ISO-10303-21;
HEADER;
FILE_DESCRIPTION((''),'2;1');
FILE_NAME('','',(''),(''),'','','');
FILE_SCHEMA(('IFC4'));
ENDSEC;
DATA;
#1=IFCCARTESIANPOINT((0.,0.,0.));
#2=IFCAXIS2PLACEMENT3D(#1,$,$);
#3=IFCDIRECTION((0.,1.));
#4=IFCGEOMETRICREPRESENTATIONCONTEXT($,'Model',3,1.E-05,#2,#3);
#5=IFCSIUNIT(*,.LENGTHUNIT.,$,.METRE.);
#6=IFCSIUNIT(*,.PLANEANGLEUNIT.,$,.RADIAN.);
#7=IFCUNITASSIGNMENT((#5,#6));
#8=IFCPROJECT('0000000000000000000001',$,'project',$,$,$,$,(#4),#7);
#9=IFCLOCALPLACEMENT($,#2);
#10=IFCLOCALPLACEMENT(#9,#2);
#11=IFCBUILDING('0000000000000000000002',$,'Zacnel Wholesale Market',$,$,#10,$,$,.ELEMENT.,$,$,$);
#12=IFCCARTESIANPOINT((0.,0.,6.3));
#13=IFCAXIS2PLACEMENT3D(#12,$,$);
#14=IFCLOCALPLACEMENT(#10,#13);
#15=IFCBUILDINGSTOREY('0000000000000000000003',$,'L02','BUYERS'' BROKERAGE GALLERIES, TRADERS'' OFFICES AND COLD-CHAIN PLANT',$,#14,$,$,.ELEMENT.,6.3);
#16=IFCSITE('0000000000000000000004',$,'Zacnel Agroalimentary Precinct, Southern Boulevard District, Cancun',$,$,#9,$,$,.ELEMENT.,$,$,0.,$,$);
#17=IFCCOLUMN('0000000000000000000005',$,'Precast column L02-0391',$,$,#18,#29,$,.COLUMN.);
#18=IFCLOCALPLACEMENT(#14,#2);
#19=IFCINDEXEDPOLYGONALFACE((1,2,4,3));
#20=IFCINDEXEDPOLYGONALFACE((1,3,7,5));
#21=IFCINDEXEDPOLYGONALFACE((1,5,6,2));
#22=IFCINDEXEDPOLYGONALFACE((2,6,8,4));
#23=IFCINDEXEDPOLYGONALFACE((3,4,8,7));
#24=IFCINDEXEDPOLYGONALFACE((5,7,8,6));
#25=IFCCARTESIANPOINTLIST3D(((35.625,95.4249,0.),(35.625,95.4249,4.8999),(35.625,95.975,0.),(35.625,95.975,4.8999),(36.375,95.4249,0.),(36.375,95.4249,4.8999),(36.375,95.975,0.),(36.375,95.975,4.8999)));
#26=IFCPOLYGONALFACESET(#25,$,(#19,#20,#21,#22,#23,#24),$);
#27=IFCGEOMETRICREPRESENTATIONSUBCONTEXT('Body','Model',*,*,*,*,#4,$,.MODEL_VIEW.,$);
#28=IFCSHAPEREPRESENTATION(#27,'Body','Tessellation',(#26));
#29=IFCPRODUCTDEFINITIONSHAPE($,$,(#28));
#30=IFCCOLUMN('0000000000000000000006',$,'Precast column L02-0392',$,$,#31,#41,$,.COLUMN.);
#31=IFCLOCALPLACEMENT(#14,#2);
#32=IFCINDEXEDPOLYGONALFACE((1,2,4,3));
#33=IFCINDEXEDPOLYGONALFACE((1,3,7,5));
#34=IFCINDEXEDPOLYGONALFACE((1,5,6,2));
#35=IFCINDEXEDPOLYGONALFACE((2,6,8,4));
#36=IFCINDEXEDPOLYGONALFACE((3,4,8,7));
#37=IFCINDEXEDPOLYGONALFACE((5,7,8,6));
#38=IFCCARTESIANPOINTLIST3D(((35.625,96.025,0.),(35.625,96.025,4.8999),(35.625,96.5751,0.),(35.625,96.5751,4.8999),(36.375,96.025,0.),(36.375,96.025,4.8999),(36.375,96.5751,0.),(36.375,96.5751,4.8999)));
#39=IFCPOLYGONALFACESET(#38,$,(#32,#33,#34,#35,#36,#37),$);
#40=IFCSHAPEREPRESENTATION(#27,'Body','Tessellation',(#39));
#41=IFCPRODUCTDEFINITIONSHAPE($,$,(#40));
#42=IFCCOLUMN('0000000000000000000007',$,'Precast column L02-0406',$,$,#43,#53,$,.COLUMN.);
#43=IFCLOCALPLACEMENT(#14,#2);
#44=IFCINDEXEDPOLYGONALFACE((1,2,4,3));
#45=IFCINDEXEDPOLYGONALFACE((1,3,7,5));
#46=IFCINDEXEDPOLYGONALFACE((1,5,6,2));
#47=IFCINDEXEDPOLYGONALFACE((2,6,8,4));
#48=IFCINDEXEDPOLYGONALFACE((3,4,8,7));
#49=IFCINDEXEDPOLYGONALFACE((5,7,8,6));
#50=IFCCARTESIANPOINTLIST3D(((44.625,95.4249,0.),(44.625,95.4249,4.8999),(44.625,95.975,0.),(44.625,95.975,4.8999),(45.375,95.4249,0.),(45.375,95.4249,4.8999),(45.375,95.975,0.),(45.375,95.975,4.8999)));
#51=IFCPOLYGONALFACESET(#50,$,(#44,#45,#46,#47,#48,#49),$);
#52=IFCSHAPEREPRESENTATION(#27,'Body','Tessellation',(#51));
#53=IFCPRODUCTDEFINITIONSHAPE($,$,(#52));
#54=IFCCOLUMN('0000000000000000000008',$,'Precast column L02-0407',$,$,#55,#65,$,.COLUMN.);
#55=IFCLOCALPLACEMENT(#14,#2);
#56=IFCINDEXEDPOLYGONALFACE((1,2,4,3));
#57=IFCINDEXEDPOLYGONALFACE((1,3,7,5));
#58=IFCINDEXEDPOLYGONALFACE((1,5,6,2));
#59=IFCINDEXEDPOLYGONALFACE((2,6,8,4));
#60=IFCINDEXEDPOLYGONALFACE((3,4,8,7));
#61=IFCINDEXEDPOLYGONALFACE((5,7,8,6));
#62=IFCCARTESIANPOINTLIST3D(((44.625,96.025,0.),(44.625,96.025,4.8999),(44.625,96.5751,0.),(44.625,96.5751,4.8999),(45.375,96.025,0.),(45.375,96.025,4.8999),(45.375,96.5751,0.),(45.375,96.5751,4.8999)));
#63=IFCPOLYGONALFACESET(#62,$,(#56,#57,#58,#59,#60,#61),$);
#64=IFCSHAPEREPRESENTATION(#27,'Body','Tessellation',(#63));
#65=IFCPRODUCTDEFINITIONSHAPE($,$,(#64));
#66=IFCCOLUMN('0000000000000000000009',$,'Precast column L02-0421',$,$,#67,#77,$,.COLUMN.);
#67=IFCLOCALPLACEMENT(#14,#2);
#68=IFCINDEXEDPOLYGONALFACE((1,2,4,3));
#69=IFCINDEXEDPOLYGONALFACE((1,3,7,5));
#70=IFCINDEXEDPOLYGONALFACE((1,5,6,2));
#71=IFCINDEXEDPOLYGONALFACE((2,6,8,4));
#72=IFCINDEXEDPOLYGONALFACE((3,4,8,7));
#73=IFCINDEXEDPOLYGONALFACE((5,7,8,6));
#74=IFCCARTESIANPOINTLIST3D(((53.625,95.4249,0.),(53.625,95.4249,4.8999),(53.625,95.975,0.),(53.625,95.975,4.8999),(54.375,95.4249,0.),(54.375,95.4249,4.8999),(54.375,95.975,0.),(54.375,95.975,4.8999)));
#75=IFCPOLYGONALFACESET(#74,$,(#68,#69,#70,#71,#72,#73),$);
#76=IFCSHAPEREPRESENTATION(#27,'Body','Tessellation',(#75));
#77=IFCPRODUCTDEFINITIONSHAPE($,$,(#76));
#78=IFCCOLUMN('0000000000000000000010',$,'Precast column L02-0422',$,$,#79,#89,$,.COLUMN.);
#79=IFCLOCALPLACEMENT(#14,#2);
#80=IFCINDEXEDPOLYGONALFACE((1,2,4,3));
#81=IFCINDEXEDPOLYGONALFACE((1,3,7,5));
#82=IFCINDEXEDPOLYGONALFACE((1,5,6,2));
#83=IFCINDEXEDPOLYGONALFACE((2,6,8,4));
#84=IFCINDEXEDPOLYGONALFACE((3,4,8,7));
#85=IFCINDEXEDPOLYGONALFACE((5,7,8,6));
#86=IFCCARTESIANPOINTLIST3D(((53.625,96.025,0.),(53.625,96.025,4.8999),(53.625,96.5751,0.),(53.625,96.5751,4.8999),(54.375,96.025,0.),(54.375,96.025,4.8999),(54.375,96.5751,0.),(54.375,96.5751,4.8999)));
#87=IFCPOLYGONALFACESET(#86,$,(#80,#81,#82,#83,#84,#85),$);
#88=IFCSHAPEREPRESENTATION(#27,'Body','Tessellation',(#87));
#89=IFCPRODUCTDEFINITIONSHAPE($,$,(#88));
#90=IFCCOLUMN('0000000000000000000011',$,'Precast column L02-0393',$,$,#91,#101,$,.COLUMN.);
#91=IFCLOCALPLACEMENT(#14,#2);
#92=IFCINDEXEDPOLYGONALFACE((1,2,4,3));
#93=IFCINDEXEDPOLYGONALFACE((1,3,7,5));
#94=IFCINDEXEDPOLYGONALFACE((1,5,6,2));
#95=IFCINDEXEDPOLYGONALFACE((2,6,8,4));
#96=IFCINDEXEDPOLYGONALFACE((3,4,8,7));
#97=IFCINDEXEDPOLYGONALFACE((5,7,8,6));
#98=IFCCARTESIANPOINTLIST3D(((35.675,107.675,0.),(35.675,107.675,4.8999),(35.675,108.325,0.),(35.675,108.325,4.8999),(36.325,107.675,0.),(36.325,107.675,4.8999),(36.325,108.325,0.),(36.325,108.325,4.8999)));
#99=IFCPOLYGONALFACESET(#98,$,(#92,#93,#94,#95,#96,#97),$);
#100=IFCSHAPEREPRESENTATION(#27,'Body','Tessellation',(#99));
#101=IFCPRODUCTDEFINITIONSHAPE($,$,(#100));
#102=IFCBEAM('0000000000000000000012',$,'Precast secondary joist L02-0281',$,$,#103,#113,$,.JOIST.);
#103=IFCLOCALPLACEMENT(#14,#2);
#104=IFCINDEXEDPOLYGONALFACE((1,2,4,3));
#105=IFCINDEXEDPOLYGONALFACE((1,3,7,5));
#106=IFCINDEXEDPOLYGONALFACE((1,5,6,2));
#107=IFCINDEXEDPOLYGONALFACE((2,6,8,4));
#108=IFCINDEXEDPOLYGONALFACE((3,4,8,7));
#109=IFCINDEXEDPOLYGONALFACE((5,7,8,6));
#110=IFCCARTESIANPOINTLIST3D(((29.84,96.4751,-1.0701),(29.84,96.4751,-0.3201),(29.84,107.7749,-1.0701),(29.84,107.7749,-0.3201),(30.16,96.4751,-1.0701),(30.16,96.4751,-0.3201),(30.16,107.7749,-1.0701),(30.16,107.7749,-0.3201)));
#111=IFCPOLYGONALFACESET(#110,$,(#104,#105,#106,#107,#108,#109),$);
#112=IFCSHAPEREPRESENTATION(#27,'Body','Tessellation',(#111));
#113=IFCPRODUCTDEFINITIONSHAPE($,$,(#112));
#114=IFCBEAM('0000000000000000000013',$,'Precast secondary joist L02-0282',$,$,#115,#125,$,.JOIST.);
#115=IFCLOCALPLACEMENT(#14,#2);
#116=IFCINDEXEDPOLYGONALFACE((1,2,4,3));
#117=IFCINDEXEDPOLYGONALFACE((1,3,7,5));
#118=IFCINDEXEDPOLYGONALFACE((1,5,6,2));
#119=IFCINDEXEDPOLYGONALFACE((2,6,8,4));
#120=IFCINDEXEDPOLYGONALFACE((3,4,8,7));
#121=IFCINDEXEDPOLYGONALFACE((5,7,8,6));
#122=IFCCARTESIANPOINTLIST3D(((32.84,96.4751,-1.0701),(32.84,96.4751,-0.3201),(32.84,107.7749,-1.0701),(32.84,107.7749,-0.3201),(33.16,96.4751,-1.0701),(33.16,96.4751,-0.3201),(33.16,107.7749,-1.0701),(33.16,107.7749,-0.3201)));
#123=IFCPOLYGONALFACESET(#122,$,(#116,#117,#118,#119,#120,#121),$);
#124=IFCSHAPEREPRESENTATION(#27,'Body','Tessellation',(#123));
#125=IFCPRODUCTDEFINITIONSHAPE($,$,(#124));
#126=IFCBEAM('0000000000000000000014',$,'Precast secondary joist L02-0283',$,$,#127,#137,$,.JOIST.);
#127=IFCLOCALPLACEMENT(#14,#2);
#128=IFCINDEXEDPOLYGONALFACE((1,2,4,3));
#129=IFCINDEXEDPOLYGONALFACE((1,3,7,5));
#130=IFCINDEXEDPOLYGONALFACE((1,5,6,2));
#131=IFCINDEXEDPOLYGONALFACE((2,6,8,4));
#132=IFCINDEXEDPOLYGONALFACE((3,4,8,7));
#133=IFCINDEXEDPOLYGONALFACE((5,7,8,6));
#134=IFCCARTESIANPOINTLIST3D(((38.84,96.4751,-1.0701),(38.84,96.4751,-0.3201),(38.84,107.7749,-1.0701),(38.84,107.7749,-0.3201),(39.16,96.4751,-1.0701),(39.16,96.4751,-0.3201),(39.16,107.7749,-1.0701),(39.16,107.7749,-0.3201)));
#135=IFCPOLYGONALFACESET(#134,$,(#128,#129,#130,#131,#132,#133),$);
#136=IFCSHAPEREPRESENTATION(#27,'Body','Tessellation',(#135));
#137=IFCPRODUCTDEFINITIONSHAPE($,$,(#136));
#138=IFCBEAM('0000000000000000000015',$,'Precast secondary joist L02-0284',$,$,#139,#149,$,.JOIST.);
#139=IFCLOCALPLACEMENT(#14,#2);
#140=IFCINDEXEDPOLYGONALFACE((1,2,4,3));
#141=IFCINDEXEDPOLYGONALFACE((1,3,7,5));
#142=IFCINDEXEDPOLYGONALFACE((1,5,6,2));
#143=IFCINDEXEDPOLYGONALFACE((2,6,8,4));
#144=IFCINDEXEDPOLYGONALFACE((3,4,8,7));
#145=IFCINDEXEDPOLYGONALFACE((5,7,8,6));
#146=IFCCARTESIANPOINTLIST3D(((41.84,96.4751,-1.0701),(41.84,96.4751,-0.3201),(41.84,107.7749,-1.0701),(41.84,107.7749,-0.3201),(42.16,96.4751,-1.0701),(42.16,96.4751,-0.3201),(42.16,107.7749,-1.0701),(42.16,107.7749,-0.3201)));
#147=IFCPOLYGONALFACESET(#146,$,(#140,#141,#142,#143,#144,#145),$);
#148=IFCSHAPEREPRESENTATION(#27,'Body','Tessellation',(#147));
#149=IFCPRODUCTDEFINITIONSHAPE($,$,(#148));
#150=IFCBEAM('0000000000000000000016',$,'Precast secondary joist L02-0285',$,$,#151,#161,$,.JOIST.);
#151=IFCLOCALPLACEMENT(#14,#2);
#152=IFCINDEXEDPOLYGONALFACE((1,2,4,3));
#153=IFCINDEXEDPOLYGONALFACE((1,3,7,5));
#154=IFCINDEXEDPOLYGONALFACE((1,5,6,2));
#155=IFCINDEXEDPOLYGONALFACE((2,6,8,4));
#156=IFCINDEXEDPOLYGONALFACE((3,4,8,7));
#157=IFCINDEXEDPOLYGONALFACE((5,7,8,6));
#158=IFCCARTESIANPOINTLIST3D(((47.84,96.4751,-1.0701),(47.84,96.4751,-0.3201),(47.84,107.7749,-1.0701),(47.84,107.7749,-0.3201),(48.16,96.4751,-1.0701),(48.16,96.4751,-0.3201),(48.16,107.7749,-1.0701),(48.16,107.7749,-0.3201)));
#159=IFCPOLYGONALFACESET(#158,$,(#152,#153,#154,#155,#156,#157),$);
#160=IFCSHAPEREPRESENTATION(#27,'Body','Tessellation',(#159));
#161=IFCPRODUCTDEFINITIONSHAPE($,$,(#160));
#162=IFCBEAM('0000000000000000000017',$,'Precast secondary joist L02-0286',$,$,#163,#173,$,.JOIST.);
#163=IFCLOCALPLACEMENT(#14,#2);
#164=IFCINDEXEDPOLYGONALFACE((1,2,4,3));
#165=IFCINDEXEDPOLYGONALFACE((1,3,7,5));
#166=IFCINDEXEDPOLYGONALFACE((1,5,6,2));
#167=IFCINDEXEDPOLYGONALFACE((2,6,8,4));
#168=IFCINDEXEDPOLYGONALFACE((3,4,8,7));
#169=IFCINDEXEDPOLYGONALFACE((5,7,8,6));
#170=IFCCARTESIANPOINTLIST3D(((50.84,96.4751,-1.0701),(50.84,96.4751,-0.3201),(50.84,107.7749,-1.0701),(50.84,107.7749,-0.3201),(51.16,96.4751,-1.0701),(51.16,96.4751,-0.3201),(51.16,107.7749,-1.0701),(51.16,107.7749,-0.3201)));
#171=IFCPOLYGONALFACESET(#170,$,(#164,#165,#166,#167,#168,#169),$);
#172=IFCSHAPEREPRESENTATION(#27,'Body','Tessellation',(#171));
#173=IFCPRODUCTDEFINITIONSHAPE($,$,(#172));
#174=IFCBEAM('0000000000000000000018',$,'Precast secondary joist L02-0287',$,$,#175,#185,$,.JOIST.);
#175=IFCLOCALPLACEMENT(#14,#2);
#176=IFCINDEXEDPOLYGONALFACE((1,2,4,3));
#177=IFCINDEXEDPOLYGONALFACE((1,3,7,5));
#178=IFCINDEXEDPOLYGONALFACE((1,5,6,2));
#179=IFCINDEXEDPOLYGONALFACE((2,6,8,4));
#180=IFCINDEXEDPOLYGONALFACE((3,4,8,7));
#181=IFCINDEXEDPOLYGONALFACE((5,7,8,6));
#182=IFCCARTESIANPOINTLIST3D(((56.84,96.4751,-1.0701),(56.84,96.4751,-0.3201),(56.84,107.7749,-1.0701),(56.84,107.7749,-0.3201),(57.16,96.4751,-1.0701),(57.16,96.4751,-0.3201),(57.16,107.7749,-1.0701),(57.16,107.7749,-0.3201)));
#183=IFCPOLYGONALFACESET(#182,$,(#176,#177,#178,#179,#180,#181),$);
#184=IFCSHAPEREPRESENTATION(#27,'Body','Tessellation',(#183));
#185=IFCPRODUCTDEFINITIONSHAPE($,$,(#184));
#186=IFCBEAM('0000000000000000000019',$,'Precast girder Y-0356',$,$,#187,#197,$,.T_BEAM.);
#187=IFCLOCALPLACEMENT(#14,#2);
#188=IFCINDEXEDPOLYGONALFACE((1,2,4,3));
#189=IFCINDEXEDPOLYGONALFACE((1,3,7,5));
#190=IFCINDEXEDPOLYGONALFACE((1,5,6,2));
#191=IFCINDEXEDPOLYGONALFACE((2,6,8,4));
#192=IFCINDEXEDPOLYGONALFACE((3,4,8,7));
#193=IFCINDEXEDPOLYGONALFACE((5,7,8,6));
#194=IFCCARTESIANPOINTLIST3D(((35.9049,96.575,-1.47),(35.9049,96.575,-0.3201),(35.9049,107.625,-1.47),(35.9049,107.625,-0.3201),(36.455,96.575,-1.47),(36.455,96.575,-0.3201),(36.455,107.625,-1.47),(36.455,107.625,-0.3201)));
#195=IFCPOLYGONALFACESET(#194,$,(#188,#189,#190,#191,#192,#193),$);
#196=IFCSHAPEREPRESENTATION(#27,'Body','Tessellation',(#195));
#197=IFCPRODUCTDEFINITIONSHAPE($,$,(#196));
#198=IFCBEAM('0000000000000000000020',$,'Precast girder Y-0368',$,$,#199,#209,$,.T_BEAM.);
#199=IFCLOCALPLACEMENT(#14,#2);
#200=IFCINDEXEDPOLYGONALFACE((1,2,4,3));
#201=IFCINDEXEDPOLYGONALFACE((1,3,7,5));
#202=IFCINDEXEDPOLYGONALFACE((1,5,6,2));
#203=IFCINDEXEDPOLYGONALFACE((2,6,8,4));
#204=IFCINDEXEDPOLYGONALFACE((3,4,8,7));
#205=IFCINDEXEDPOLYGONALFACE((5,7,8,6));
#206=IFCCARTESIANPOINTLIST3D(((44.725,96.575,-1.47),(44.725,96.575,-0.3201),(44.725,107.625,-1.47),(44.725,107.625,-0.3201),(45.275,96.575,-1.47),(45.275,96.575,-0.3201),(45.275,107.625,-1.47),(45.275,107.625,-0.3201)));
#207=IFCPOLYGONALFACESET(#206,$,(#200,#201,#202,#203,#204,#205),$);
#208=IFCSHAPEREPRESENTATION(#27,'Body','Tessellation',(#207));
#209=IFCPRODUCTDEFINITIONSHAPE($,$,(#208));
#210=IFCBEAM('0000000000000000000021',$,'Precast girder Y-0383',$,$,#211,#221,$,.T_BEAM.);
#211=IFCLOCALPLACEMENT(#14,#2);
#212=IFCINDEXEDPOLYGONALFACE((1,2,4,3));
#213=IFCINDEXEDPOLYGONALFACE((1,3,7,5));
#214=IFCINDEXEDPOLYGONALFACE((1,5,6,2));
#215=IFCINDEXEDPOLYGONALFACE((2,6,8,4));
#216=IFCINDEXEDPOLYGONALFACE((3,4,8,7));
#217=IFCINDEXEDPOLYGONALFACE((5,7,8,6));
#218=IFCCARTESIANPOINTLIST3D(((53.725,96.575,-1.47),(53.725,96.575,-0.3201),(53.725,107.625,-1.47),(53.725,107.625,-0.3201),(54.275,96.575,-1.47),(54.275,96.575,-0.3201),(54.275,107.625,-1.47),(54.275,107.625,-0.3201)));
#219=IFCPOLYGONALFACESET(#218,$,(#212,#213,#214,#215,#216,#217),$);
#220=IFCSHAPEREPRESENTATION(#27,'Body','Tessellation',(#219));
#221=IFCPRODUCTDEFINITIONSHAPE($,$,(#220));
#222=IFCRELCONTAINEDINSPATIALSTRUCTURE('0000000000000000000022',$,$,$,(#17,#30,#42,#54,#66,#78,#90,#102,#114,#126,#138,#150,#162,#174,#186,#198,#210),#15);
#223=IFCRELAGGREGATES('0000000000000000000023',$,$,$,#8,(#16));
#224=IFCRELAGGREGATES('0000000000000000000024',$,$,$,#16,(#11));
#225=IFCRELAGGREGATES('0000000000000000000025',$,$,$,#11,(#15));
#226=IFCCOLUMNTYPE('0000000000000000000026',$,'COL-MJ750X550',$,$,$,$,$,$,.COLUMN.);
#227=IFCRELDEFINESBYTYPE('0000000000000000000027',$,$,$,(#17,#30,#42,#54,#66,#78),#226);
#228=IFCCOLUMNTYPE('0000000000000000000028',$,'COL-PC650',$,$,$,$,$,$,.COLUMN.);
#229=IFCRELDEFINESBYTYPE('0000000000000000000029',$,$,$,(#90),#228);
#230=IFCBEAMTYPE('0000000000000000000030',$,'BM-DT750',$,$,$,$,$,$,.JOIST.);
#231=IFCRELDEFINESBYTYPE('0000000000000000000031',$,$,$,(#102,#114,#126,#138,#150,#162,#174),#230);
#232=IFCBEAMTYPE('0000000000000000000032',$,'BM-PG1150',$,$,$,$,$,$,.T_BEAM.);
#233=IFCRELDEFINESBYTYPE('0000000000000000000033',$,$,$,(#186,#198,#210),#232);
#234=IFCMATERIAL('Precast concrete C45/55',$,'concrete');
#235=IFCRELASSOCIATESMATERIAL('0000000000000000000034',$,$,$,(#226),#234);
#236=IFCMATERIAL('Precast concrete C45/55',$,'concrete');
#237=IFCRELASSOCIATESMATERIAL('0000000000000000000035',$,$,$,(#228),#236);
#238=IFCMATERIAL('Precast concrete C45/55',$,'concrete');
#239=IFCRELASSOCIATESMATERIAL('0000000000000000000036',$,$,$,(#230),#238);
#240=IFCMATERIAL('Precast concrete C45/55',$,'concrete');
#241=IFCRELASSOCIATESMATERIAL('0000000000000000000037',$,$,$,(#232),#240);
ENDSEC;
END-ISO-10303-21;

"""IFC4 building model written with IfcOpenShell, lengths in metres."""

from ifc_helpers import new_model, si_unit, direction, frame, origin, origin_2d, place, context, subcontext, project, spatial, rectangle, extrude, material, material_profile, profile_set, type_object, element, save


model = new_model("IFC4")

# Units and contexts
model_context = context("Model", 3, precision=1e-05, world=origin(), true_north=direction((0.0, 1.0)))
body_context = subcontext(model_context, "Body", "Model", "MODEL_VIEW")
ifc_project = project(units=[si_unit("LENGTHUNIT", "METRE"), si_unit("PLANEANGLEUNIT", "RADIAN")], contexts=[model_context])

# Site, building, storey
site_placement = place(None, origin())
site = spatial("IfcSite", under=ifc_project, at=site_placement, Name="Zacnel Agroalimentary Precinct, Southern Boulevard District, Cancun", CompositionType="ELEMENT", RefElevation=0.0)
building_placement = place(site_placement, origin())
building = spatial("IfcBuilding", under=site, at=building_placement, Name="Zacnel Wholesale Market", CompositionType="ELEMENT")
storey_placement = place(building_placement, frame((0.0, 0.0, 6.3)))
storey = spatial("IfcBuildingStorey", under=building, at=storey_placement, Name="L02", Description="BUYERS' BROKERAGE GALLERIES, TRADERS' OFFICES AND COLD-CHAIN PLANT", CompositionType="ELEMENT", Elevation=6.3)

# Columns
ifc_material_1 = material(Name="Precast concrete C45/55", Category="concrete")
ifc_material_profile_1 = material_profile(ifc_material_1, rectangle(XDim=0.75, YDim=0.55, at=origin_2d()), Name="PC 750x550")
ifc_profile_set_1 = profile_set([ifc_material_profile_1], Name="Precast concrete C45/55")
column_type_1 = type_object("IfcColumnType", Name="COL-MJ750X550", PredefinedType="COLUMN", material=ifc_profile_set_1)
for number, where, z_axis, x_axis, name in (
    (1, (36.0, 95.7, 0.0), (0.0, 0.0, 1.0), (1.0, 0.0, 0.0), "Precast column L02-0391"),
    (2, (36.0, 96.3, 0.0), (0.0, 0.0, 1.0), (1.0, 0.0, 0.0), "Precast column L02-0392"),
    (3, (45.0, 95.7, 0.0), (0.0, 0.0, 1.0), (1.0, 0.0, 0.0), "Precast column L02-0406"),
    (4, (45.0, 96.3, 0.0), (0.0, 0.0, 1.0), (1.0, 0.0, 0.0), "Precast column L02-0407"),
    (5, (54.0, 95.7, 0.0), (0.0, 0.0, 1.0), (1.0, 0.0, 0.0), "Precast column L02-0421"),
    (6, (54.0, 96.3, 0.0), (0.0, 0.0, 1.0), (1.0, 0.0, 0.0), "Precast column L02-0422"),
):
    element("IfcColumn", number, at=place(storey_placement, frame(where, z_axis=z_axis, x_axis=x_axis)), inside=storey, type_object=column_type_1, Name=name, PredefinedType="COLUMN", context=body_context, shape_type="SweptSolid", body=[
        extrude(rectangle(XDim=0.75, YDim=0.55, at=origin_2d()), origin(), (0.0, 0.0, 1.0), 4.8999),
    ])
ifc_material_2 = material(Name="Precast concrete C45/55", Category="concrete")
ifc_material_profile_2 = material_profile(ifc_material_2, rectangle(XDim=0.6499, YDim=0.6499, at=origin_2d()), Name="PC 650x650")
ifc_profile_set_2 = profile_set([ifc_material_profile_2], Name="Precast concrete C45/55")
column_type_2 = type_object("IfcColumnType", Name="COL-PC650", PredefinedType="COLUMN", material=ifc_profile_set_2)
column_placement = place(storey_placement, frame((36.0, 108.0, 0.0), z_axis=(0.0, 0.0, 1.0), x_axis=(1.0, 0.0, 0.0)))
element("IfcColumn", 7, at=column_placement, inside=storey, type_object=column_type_2, Name="Precast column L02-0393", PredefinedType="COLUMN", context=body_context, shape_type="SweptSolid", body=[
    extrude(rectangle(XDim=0.6499, YDim=0.6499, at=origin_2d()), origin(), (0.0, 0.0, 1.0), 4.8999),
])

# Beams
ifc_material_3 = material(Name="Precast concrete C45/55", Category="concrete")
ifc_material_profile_3 = material_profile(ifc_material_3, rectangle(XDim=0.3201, YDim=0.75, at=origin_2d()), Name="DT RIB 320x750")
ifc_profile_set_3 = profile_set([ifc_material_profile_3], Name="Precast concrete C45/55")
beam_type_1 = type_object("IfcBeamType", Name="BM-DT750", PredefinedType="JOIST", material=ifc_profile_set_3)
for number, where, z_axis, x_axis, name in (
    (8, (30.0, 96.4751, -0.6951), (0.0, 1.0, 0.0), (-1.0, 0.0, 0.0), "Precast secondary joist L02-0281"),
    (9, (33.0, 96.4751, -0.6951), (0.0, 1.0, 0.0), (-1.0, 0.0, 0.0), "Precast secondary joist L02-0282"),
    (10, (39.0, 96.4751, -0.6951), (0.0, 1.0, 0.0), (-1.0, 0.0, 0.0), "Precast secondary joist L02-0283"),
    (11, (42.0, 96.4751, -0.6951), (0.0, 1.0, 0.0), (-1.0, 0.0, 0.0), "Precast secondary joist L02-0284"),
    (12, (48.0, 96.4751, -0.6951), (0.0, 1.0, 0.0), (-1.0, 0.0, 0.0), "Precast secondary joist L02-0285"),
    (13, (51.0, 96.4751, -0.6951), (0.0, 1.0, 0.0), (-1.0, 0.0, 0.0), "Precast secondary joist L02-0286"),
    (14, (57.0, 96.4751, -0.6951), (0.0, 1.0, 0.0), (-1.0, 0.0, 0.0), "Precast secondary joist L02-0287"),
):
    element("IfcBeam", number, at=place(storey_placement, frame(where, z_axis=z_axis, x_axis=x_axis)), inside=storey, type_object=beam_type_1, Name=name, PredefinedType="JOIST", context=body_context, shape_type="SweptSolid", body=[
        extrude(rectangle(XDim=0.3201, YDim=0.75, at=origin_2d()), origin(), (0.0, 0.0, 1.0), 11.2998),
    ])
ifc_material_4 = material(Name="Precast concrete C45/55", Category="concrete")
ifc_material_profile_4 = material_profile(ifc_material_4, rectangle(XDim=0.55, YDim=1.1499, at=origin_2d()), Name="PG 550x1150")
ifc_profile_set_4 = profile_set([ifc_material_profile_4], Name="Precast concrete C45/55")
beam_type_2 = type_object("IfcBeamType", Name="BM-PG1150", PredefinedType="T_BEAM", material=ifc_profile_set_4)
for number, where, z_axis, x_axis, name in (
    (15, (36.1799, 96.575, -0.895), (0.0, 1.0, 0.0), (-1.0, 0.0, 0.0), "Precast girder Y-0356"),
    (16, (45.0, 96.575, -0.895), (0.0, 1.0, 0.0), (-1.0, 0.0, 0.0), "Precast girder Y-0368"),
    (17, (54.0, 96.575, -0.895), (0.0, 1.0, 0.0), (-1.0, 0.0, 0.0), "Precast girder Y-0383"),
):
    element("IfcBeam", number, at=place(storey_placement, frame(where, z_axis=z_axis, x_axis=x_axis)), inside=storey, type_object=beam_type_2, Name=name, PredefinedType="T_BEAM", context=body_context, shape_type="SweptSolid", body=[
        extrude(rectangle(XDim=0.55, YDim=1.1499, at=origin_2d()), origin(), (0.0, 0.0, 1.0), 11.05),
    ])

save(model, "model.ifc")
